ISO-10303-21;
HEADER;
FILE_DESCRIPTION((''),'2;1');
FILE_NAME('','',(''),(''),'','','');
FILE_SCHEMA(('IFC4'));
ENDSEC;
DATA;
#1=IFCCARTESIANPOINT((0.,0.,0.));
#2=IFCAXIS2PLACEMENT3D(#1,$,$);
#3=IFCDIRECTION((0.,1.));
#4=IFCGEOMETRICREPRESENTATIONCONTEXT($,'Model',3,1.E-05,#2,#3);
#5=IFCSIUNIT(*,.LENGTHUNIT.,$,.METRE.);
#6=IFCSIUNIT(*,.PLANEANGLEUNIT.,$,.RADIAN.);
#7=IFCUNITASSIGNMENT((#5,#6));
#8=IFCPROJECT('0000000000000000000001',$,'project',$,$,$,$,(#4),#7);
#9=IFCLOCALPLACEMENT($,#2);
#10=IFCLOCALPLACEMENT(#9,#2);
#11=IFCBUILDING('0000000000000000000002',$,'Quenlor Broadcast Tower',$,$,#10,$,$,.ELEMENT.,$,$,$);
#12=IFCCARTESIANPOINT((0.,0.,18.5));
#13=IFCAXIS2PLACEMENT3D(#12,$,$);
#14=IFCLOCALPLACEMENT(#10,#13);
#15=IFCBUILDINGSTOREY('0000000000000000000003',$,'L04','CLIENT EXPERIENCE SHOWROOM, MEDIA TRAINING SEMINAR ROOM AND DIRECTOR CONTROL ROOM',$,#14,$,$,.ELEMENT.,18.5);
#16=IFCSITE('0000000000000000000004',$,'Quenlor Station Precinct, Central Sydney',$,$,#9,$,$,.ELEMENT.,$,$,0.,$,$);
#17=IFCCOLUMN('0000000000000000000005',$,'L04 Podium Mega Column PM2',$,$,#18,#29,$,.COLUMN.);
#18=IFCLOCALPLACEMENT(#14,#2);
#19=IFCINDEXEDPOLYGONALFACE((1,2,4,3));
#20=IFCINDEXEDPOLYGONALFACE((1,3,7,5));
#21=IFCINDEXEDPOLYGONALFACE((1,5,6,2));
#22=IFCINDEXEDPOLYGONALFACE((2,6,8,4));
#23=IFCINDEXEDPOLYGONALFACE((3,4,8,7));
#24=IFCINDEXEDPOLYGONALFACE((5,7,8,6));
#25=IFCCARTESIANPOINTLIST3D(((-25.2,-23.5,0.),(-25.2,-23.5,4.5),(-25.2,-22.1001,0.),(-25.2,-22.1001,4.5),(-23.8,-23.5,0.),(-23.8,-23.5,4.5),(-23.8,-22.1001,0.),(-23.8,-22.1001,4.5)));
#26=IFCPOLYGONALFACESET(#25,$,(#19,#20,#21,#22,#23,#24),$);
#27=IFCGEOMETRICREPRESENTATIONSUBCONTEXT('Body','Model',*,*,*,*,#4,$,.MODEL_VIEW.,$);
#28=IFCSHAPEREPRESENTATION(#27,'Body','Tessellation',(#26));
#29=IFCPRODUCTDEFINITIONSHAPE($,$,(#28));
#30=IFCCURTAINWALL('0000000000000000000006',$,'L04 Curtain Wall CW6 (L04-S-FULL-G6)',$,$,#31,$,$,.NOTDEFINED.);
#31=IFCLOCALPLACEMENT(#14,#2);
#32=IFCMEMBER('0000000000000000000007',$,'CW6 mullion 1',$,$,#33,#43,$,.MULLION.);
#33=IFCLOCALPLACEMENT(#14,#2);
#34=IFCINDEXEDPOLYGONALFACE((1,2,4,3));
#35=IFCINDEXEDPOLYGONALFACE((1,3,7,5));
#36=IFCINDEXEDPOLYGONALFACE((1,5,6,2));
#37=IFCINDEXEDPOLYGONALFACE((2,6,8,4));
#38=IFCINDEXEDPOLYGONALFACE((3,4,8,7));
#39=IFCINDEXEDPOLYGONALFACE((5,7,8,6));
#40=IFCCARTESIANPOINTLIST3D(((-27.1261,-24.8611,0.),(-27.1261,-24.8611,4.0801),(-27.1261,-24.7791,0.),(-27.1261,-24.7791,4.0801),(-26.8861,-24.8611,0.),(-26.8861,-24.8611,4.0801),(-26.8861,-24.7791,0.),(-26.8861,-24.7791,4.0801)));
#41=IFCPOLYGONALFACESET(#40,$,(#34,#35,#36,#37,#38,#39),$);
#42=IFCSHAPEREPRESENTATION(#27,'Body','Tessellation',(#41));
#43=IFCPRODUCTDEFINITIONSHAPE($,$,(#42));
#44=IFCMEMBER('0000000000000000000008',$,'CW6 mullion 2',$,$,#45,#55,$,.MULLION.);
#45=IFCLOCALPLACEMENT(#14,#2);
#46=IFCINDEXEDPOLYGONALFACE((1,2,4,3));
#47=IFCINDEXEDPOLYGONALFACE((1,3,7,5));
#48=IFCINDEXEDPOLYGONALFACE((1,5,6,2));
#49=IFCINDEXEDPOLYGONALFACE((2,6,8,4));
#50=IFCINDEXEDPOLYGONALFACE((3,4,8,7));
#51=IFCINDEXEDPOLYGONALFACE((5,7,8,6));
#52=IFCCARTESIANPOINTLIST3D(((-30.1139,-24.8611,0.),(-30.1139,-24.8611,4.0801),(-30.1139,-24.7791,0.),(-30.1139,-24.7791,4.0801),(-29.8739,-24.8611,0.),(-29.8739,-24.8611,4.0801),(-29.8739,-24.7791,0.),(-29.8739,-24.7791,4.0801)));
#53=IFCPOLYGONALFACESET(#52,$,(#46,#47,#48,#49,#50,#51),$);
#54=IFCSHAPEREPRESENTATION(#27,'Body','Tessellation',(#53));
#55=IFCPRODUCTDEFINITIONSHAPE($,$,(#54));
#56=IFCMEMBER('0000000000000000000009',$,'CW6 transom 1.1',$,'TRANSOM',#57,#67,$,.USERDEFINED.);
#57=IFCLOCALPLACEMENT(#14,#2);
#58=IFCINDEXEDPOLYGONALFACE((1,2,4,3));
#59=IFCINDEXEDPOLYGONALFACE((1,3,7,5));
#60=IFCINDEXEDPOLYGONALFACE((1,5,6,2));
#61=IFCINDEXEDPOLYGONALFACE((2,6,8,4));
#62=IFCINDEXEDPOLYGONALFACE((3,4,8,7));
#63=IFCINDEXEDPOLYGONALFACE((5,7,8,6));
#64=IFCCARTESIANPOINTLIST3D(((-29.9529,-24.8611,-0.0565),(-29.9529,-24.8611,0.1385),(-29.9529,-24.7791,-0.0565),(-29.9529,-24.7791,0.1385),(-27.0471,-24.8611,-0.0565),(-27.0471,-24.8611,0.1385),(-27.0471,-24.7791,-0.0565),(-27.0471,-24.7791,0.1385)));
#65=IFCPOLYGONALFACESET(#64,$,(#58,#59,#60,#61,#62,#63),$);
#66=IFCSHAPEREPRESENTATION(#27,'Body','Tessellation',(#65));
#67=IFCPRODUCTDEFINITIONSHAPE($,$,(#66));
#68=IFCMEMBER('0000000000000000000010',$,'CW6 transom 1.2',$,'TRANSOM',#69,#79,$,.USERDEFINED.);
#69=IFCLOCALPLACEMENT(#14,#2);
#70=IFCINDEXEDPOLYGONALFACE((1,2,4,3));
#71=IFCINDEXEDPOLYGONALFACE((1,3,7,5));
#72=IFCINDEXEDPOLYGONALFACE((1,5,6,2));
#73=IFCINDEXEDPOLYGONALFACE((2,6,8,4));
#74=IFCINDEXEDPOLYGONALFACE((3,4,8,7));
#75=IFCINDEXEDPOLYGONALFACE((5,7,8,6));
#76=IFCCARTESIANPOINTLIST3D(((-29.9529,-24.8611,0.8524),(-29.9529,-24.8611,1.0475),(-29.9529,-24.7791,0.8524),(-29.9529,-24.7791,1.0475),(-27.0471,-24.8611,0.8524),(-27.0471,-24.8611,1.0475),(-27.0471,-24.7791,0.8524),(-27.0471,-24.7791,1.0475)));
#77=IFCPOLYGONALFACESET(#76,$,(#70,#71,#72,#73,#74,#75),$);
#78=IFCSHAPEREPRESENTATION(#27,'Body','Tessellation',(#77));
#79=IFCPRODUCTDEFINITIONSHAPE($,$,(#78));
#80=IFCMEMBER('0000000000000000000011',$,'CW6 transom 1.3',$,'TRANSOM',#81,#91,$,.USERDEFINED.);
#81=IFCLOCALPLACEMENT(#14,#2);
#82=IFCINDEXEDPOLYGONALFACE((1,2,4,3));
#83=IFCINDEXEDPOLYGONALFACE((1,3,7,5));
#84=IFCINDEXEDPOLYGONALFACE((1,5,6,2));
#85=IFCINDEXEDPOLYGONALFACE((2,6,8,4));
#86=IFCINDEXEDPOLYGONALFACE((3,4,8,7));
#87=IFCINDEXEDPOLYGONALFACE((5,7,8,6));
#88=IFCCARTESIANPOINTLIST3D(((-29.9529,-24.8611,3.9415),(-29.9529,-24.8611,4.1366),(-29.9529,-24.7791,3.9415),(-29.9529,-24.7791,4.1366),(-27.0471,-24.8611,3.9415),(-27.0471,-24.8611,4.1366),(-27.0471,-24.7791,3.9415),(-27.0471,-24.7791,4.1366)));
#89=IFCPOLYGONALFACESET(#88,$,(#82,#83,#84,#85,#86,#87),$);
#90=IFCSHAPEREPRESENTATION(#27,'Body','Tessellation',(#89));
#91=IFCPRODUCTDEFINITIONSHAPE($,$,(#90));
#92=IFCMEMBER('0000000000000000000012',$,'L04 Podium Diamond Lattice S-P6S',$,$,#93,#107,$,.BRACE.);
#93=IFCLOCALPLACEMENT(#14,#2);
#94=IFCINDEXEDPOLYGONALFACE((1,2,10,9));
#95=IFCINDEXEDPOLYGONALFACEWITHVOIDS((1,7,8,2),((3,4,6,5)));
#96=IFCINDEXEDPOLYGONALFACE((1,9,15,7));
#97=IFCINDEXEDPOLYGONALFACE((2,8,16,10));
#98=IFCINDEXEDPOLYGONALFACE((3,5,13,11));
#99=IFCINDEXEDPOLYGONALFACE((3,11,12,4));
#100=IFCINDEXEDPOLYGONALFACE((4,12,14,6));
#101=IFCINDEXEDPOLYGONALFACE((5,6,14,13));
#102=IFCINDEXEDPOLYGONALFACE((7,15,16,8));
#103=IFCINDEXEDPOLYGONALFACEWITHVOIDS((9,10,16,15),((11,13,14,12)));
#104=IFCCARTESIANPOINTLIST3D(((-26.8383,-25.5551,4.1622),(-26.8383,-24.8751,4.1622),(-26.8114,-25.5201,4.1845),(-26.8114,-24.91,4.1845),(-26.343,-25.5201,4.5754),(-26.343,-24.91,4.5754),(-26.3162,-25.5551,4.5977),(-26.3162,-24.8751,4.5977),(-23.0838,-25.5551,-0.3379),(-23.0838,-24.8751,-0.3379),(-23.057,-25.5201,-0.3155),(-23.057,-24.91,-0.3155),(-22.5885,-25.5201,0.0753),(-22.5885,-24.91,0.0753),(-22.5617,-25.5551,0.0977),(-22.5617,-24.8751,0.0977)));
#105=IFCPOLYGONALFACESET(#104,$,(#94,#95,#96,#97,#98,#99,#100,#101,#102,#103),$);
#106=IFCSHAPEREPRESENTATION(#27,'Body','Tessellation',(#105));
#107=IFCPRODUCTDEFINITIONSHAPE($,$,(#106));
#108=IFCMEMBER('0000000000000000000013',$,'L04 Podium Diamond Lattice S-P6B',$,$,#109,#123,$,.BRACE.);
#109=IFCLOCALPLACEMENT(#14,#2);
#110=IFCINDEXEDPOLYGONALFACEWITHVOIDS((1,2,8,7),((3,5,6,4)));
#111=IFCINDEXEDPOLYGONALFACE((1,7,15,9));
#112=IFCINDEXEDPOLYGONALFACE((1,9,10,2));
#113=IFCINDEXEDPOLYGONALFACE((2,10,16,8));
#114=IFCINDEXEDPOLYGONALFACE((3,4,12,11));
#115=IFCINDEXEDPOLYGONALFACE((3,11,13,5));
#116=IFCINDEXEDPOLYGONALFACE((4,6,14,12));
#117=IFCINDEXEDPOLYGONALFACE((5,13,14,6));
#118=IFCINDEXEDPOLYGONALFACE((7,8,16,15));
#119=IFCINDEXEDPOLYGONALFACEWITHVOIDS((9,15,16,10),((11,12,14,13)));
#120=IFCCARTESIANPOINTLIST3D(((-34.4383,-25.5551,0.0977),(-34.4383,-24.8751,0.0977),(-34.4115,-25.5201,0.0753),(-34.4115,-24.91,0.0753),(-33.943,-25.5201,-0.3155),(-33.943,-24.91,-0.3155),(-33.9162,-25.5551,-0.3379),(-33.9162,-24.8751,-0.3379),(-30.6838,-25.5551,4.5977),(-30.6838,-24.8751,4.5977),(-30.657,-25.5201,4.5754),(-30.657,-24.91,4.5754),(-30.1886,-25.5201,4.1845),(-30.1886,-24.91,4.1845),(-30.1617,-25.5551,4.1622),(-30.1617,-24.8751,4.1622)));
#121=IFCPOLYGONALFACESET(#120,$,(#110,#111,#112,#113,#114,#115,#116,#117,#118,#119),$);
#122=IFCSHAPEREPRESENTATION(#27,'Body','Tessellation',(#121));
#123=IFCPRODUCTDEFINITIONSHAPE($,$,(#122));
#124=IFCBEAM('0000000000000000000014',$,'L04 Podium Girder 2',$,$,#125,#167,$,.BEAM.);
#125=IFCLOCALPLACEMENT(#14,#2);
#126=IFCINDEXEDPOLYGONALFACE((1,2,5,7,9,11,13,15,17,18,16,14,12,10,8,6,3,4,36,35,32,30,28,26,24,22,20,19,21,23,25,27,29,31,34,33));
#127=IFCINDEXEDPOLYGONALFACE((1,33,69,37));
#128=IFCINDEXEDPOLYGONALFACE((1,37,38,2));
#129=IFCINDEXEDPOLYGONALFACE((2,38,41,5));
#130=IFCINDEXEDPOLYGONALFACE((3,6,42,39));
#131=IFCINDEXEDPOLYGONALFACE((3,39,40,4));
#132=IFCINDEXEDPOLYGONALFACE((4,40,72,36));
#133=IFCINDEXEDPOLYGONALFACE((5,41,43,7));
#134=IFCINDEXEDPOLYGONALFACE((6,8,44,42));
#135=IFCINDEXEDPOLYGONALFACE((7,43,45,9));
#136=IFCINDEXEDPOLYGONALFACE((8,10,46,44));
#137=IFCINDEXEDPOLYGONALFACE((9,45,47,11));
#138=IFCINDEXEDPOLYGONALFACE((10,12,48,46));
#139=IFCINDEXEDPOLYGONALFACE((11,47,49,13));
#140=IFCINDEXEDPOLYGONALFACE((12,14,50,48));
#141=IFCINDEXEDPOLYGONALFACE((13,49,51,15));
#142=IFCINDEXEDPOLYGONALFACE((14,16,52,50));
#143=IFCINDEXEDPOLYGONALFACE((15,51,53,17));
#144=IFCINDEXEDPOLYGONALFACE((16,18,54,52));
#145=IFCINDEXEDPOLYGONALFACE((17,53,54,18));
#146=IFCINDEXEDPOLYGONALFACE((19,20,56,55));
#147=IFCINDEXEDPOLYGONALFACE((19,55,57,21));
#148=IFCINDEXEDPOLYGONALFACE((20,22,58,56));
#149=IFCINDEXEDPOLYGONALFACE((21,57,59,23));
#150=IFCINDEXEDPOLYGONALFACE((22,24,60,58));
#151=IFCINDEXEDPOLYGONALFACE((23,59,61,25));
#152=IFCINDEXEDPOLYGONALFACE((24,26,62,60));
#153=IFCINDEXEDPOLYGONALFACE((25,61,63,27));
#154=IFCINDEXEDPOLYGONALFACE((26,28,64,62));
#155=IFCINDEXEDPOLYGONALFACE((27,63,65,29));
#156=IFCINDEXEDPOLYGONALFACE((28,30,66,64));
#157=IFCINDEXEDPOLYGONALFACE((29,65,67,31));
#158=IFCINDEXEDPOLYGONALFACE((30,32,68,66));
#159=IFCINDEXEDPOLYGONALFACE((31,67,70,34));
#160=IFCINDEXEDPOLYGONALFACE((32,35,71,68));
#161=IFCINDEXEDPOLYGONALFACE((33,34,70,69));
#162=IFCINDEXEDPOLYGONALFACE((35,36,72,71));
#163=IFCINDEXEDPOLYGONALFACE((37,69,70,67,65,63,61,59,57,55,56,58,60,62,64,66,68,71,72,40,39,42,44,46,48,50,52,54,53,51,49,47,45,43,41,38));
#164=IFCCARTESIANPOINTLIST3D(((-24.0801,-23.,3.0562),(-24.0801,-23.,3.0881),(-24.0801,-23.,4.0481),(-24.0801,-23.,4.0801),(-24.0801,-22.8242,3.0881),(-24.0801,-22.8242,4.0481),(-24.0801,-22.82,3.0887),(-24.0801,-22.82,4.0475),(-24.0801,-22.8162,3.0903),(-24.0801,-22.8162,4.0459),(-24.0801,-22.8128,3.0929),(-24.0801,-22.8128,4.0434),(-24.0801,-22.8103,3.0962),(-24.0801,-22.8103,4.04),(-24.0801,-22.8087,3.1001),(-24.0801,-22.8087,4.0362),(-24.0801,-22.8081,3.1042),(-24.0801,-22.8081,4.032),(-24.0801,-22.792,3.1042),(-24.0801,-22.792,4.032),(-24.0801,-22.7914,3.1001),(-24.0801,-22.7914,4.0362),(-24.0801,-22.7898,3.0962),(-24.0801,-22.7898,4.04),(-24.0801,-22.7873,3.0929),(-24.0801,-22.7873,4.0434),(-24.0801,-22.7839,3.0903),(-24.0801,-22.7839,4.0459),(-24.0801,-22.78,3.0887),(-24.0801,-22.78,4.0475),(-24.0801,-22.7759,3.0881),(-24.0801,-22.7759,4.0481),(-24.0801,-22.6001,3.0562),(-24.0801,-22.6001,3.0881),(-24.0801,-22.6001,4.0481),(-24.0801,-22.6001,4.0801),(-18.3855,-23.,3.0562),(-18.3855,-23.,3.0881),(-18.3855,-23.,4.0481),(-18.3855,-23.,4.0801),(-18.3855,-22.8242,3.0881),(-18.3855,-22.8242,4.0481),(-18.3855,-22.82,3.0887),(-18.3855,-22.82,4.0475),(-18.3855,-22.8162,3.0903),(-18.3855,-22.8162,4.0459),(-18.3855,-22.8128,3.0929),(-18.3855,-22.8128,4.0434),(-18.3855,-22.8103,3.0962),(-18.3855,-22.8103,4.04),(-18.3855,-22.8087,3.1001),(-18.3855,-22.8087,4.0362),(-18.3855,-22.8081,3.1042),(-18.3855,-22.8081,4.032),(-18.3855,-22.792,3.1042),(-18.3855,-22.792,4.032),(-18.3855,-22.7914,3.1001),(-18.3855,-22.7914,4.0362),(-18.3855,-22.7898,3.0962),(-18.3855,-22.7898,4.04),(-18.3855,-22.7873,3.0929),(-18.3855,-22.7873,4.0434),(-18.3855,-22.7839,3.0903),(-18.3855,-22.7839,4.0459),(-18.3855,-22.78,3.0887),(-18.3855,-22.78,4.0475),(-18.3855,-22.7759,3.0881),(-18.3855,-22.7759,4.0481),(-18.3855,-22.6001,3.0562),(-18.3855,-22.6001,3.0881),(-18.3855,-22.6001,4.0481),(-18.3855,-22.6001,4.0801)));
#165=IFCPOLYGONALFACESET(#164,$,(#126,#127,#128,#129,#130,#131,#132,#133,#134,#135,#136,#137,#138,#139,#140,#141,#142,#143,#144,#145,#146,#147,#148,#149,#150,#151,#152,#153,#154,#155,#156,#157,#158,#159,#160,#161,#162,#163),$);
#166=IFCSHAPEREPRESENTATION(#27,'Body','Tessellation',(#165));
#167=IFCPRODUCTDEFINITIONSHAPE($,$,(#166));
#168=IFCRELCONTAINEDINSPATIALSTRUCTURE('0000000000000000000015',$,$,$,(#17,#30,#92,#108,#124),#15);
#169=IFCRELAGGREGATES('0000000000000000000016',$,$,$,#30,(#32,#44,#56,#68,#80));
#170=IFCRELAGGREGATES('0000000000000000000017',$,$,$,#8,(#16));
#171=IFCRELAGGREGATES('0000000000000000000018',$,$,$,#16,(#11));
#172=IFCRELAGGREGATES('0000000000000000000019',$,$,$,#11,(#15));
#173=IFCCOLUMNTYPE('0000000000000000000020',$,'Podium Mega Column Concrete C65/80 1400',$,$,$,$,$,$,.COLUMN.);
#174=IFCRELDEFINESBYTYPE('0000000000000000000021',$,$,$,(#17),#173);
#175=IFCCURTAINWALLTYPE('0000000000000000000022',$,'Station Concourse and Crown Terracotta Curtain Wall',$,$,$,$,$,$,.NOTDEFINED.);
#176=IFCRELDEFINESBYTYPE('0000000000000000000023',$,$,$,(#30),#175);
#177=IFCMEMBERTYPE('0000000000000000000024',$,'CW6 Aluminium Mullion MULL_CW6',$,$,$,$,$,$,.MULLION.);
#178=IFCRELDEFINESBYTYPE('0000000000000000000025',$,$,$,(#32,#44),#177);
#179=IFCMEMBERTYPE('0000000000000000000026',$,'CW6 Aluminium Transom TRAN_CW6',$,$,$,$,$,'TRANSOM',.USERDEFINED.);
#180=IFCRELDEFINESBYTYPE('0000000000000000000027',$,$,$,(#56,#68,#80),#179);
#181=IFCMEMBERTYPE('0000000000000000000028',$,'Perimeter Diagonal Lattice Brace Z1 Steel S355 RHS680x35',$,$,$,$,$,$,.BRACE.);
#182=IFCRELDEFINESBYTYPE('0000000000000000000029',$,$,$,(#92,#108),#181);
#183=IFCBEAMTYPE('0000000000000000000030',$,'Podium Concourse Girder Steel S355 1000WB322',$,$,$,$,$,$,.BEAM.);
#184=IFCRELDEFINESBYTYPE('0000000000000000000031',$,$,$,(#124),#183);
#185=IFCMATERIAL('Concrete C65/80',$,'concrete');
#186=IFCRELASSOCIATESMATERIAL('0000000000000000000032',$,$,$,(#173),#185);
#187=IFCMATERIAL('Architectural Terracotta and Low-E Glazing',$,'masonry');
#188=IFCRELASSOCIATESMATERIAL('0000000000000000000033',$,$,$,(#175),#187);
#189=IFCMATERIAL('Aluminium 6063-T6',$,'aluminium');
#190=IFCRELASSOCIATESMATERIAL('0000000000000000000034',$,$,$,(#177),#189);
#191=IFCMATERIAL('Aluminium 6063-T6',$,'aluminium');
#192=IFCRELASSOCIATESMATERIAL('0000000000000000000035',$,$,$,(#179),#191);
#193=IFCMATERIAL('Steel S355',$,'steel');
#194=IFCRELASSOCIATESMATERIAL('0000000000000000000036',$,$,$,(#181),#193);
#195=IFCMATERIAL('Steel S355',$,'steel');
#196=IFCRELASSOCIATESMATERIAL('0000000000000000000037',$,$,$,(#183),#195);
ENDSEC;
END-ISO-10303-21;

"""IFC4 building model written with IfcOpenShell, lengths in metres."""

from ifc_helpers import new_model, si_unit, direction, frame, origin, origin_2d, place, context, subcontext, project, spatial, rectangle, hollow_rectangle, i_section, extrude, material, material_profile, profile_set, type_object, element, aggregate, save


model = new_model("IFC4")

# Units and contexts
model_context = context("Model", 3, precision=1e-05, world=origin(), true_north=direction((0.0, 1.0)))
body_context = subcontext(model_context, "Body", "Model", "MODEL_VIEW")
ifc_project = project(units=[si_unit("LENGTHUNIT", "METRE"), si_unit("PLANEANGLEUNIT", "RADIAN")], contexts=[model_context])

# Site, building, storey
site_placement = place(None, origin())
site = spatial("IfcSite", under=ifc_project, at=site_placement, Name="Quenlor Station Precinct, Central Sydney", CompositionType="ELEMENT", RefElevation=0.0)
building_placement = place(site_placement, origin())
building = spatial("IfcBuilding", under=site, at=building_placement, Name="Quenlor Broadcast Tower", CompositionType="ELEMENT")
storey_placement = place(building_placement, frame((0.0, 0.0, 18.5)))
storey = spatial("IfcBuildingStorey", under=building, at=storey_placement, Name="L04", Description="CLIENT EXPERIENCE SHOWROOM, MEDIA TRAINING SEMINAR ROOM AND DIRECTOR CONTROL ROOM", CompositionType="ELEMENT", Elevation=18.5)

# Column
ifc_material_1 = material(Name="Concrete C65/80", Category="concrete")
ifc_material_profile_1 = material_profile(ifc_material_1, rectangle(XDim=1.3999, YDim=1.3999, at=origin_2d()))
ifc_profile_set_1 = profile_set([ifc_material_profile_1], Name="Concrete C65/80 RC1400x1400")
column_type = type_object("IfcColumnType", Name="Podium Mega Column Concrete C65/80 1400", PredefinedType="COLUMN", material=ifc_profile_set_1)
column_placement = place(storey_placement, frame((-24.5, -22.8, 0.0), z_axis=(0.0, 0.0, 1.0), x_axis=(1.0, 0.0, 0.0)))
element("IfcColumn", 1, at=column_placement, inside=storey, type_object=column_type, Name="L04 Podium Mega Column PM2", PredefinedType="COLUMN", context=body_context, shape_type="SweptSolid", body=[
    extrude(rectangle(XDim=1.3999, YDim=1.3999, at=origin_2d()), origin(), (0.0, 0.0, 1.0), 4.5),
])

# Curtain wall, members
ifc_material_2 = material(Name="Architectural Terracotta and Low-E Glazing", Category="masonry")
curtain_wall_type = type_object("IfcCurtainWallType", Name="Station Concourse and Crown Terracotta Curtain Wall", PredefinedType="NOTDEFINED", material=ifc_material_2)
curtain_wall_placement = place(storey_placement, origin())
curtain_wall = element("IfcCurtainWall", 2, at=curtain_wall_placement, inside=storey, type_object=curtain_wall_type, Name="L04 Curtain Wall CW6 (L04-S-FULL-G6)", PredefinedType="NOTDEFINED")
ifc_material_3 = material(Name="Aluminium 6063-T6", Category="aluminium")
ifc_material_profile_2 = material_profile(ifc_material_3, rectangle(XDim=0.082, YDim=0.24, at=origin_2d()))
ifc_profile_set_2 = profile_set([ifc_material_profile_2], Name="Aluminium 6063-T6 MULL82x240")
member_type_1 = type_object("IfcMemberType", Name="CW6 Aluminium Mullion MULL_CW6", PredefinedType="MULLION", material=ifc_profile_set_2)
member_1_placement = place(storey_placement, frame((-27.0061, -24.8201, 0.0), z_axis=(0.0, 0.0, 1.0), x_axis=(0.0, -1.0, 0.0)))
member_1 = element("IfcMember", 3, at=member_1_placement, type_object=member_type_1, Name="CW6 mullion 1", PredefinedType="MULLION", context=body_context, shape_type="SweptSolid", body=[
    extrude(rectangle(XDim=0.082, YDim=0.24, at=origin_2d()), origin(), (0.0, 0.0, 1.0), 4.0801),
])
member_2_placement = place(storey_placement, frame((-29.9939, -24.8201, 0.0), z_axis=(0.0, 0.0, 1.0), x_axis=(0.0, -1.0, 0.0)))
member_2 = element("IfcMember", 4, at=member_2_placement, type_object=member_type_1, Name="CW6 mullion 2", PredefinedType="MULLION", context=body_context, shape_type="SweptSolid", body=[
    extrude(rectangle(XDim=0.082, YDim=0.24, at=origin_2d()), origin(), (0.0, 0.0, 1.0), 4.0801),
])
ifc_material_4 = material(Name="Aluminium 6063-T6", Category="aluminium")
ifc_material_profile_3 = material_profile(ifc_material_4, rectangle(XDim=0.082, YDim=0.1951, at=origin_2d()))
ifc_profile_set_3 = profile_set([ifc_material_profile_3], Name="Aluminium 6063-T6 TRAN82x195")
member_type_2 = type_object("IfcMemberType", Name="CW6 Aluminium Transom TRAN_CW6", ElementType="TRANSOM", PredefinedType="USERDEFINED", material=ifc_profile_set_3)
member_3_placement = place(storey_placement, frame((-27.0471, -24.8201, 0.041), z_axis=(-1.0, 0.0, 0.0), x_axis=(0.0, -1.0, 0.0)))
member_3 = element("IfcMember", 5, at=member_3_placement, type_object=member_type_2, Name="CW6 transom 1.1", ObjectType="TRANSOM", PredefinedType="USERDEFINED", context=body_context, shape_type="SweptSolid", body=[
    extrude(rectangle(XDim=0.082, YDim=0.1951, at=origin_2d()), origin(), (0.0, 0.0, 1.0), 2.9058),
])
member_4_placement = place(storey_placement, frame((-27.0471, -24.8201, 0.95), z_axis=(-1.0, 0.0, 0.0), x_axis=(0.0, -1.0, 0.0)))
member_4 = element("IfcMember", 6, at=member_4_placement, type_object=member_type_2, Name="CW6 transom 1.2", ObjectType="TRANSOM", PredefinedType="USERDEFINED", context=body_context, shape_type="SweptSolid", body=[
    extrude(rectangle(XDim=0.082, YDim=0.1951, at=origin_2d()), origin(), (0.0, 0.0, 1.0), 2.9058),
])
member_5_placement = place(storey_placement, frame((-27.0471, -24.8201, 4.0391), z_axis=(-1.0, 0.0, 0.0), x_axis=(0.0, -1.0, 0.0)))
member_5 = element("IfcMember", 7, at=member_5_placement, type_object=member_type_2, Name="CW6 transom 1.3", ObjectType="TRANSOM", PredefinedType="USERDEFINED", context=body_context, shape_type="SweptSolid", body=[
    extrude(rectangle(XDim=0.082, YDim=0.1951, at=origin_2d()), origin(), (0.0, 0.0, 1.0), 2.9058),
])

# Members
ifc_material_5 = material(Name="Steel S355", Category="steel")
ifc_material_profile_4 = material_profile(ifc_material_5, hollow_rectangle(XDim=0.6799, YDim=0.6799, WallThickness=0.0349, at=origin_2d()))
ifc_profile_set_4 = profile_set([ifc_material_profile_4], Name="Steel S355 RHS680x680x35")
member_type_3 = type_object("IfcMemberType", Name="Perimeter Diagonal Lattice Brace Z1 Steel S355 RHS680x35", PredefinedType="BRACE", material=ifc_profile_set_4)
for number, where, z_axis, x_axis, name in (
    (8, (-22.8228, -25.2151, -0.1201), (-0.640627, 0.0, 0.767852), (0.0, -1.0, 0.0), "L04 Podium Diamond Lattice S-P6S"),
    (9, (-34.1772, -25.2151, -0.1201), (0.640627, 0.0, 0.767852), (0.0, 1.0, 0.0), "L04 Podium Diamond Lattice S-P6B"),
):
    element("IfcMember", number, at=place(storey_placement, frame(where, z_axis=z_axis, x_axis=x_axis)), inside=storey, type_object=member_type_3, Name=name, PredefinedType="BRACE", context=body_context, shape_type="SweptSolid", body=[
        extrude(hollow_rectangle(XDim=0.6799, YDim=0.6799, WallThickness=0.0349, at=origin_2d()), origin(), (0.0, 0.0, 1.0), 5.8606),
    ])

# Beam
ifc_material_6 = material(Name="Steel S355", Category="steel")
ifc_material_profile_5 = material_profile(ifc_material_6, i_section(OverallWidth=0.3999, OverallDepth=1.0239, WebThickness=0.0161, FlangeThickness=0.032, FilletRadius=0.0161, at=origin_2d()))
ifc_profile_set_5 = profile_set([ifc_material_profile_5], Name="Steel S355 1000WB322")
beam_type = type_object("IfcBeamType", Name="Podium Concourse Girder Steel S355 1000WB322", PredefinedType="BEAM", material=ifc_profile_set_5)
beam_1_placement = place(storey_placement, frame((-24.0801, -22.8, 3.5681), z_axis=(1.0, 0.0, 0.0), x_axis=(0.0, 1.0, 0.0)))
element("IfcBeam", 10, at=beam_1_placement, inside=storey, type_object=beam_type, Name="L04 Podium Girder 2", PredefinedType="BEAM", context=body_context, shape_type="SweptSolid", body=[
    extrude(i_section(OverallWidth=0.3999, OverallDepth=1.0239, WebThickness=0.0161, FlangeThickness=0.032, FilletRadius=0.0161, at=origin_2d()), origin(), (0.0, 0.0, 1.0), 5.6946),
])

aggregate(curtain_wall, [member_1, member_2, member_3, member_4, member_5])

save(model, "model.ifc")
